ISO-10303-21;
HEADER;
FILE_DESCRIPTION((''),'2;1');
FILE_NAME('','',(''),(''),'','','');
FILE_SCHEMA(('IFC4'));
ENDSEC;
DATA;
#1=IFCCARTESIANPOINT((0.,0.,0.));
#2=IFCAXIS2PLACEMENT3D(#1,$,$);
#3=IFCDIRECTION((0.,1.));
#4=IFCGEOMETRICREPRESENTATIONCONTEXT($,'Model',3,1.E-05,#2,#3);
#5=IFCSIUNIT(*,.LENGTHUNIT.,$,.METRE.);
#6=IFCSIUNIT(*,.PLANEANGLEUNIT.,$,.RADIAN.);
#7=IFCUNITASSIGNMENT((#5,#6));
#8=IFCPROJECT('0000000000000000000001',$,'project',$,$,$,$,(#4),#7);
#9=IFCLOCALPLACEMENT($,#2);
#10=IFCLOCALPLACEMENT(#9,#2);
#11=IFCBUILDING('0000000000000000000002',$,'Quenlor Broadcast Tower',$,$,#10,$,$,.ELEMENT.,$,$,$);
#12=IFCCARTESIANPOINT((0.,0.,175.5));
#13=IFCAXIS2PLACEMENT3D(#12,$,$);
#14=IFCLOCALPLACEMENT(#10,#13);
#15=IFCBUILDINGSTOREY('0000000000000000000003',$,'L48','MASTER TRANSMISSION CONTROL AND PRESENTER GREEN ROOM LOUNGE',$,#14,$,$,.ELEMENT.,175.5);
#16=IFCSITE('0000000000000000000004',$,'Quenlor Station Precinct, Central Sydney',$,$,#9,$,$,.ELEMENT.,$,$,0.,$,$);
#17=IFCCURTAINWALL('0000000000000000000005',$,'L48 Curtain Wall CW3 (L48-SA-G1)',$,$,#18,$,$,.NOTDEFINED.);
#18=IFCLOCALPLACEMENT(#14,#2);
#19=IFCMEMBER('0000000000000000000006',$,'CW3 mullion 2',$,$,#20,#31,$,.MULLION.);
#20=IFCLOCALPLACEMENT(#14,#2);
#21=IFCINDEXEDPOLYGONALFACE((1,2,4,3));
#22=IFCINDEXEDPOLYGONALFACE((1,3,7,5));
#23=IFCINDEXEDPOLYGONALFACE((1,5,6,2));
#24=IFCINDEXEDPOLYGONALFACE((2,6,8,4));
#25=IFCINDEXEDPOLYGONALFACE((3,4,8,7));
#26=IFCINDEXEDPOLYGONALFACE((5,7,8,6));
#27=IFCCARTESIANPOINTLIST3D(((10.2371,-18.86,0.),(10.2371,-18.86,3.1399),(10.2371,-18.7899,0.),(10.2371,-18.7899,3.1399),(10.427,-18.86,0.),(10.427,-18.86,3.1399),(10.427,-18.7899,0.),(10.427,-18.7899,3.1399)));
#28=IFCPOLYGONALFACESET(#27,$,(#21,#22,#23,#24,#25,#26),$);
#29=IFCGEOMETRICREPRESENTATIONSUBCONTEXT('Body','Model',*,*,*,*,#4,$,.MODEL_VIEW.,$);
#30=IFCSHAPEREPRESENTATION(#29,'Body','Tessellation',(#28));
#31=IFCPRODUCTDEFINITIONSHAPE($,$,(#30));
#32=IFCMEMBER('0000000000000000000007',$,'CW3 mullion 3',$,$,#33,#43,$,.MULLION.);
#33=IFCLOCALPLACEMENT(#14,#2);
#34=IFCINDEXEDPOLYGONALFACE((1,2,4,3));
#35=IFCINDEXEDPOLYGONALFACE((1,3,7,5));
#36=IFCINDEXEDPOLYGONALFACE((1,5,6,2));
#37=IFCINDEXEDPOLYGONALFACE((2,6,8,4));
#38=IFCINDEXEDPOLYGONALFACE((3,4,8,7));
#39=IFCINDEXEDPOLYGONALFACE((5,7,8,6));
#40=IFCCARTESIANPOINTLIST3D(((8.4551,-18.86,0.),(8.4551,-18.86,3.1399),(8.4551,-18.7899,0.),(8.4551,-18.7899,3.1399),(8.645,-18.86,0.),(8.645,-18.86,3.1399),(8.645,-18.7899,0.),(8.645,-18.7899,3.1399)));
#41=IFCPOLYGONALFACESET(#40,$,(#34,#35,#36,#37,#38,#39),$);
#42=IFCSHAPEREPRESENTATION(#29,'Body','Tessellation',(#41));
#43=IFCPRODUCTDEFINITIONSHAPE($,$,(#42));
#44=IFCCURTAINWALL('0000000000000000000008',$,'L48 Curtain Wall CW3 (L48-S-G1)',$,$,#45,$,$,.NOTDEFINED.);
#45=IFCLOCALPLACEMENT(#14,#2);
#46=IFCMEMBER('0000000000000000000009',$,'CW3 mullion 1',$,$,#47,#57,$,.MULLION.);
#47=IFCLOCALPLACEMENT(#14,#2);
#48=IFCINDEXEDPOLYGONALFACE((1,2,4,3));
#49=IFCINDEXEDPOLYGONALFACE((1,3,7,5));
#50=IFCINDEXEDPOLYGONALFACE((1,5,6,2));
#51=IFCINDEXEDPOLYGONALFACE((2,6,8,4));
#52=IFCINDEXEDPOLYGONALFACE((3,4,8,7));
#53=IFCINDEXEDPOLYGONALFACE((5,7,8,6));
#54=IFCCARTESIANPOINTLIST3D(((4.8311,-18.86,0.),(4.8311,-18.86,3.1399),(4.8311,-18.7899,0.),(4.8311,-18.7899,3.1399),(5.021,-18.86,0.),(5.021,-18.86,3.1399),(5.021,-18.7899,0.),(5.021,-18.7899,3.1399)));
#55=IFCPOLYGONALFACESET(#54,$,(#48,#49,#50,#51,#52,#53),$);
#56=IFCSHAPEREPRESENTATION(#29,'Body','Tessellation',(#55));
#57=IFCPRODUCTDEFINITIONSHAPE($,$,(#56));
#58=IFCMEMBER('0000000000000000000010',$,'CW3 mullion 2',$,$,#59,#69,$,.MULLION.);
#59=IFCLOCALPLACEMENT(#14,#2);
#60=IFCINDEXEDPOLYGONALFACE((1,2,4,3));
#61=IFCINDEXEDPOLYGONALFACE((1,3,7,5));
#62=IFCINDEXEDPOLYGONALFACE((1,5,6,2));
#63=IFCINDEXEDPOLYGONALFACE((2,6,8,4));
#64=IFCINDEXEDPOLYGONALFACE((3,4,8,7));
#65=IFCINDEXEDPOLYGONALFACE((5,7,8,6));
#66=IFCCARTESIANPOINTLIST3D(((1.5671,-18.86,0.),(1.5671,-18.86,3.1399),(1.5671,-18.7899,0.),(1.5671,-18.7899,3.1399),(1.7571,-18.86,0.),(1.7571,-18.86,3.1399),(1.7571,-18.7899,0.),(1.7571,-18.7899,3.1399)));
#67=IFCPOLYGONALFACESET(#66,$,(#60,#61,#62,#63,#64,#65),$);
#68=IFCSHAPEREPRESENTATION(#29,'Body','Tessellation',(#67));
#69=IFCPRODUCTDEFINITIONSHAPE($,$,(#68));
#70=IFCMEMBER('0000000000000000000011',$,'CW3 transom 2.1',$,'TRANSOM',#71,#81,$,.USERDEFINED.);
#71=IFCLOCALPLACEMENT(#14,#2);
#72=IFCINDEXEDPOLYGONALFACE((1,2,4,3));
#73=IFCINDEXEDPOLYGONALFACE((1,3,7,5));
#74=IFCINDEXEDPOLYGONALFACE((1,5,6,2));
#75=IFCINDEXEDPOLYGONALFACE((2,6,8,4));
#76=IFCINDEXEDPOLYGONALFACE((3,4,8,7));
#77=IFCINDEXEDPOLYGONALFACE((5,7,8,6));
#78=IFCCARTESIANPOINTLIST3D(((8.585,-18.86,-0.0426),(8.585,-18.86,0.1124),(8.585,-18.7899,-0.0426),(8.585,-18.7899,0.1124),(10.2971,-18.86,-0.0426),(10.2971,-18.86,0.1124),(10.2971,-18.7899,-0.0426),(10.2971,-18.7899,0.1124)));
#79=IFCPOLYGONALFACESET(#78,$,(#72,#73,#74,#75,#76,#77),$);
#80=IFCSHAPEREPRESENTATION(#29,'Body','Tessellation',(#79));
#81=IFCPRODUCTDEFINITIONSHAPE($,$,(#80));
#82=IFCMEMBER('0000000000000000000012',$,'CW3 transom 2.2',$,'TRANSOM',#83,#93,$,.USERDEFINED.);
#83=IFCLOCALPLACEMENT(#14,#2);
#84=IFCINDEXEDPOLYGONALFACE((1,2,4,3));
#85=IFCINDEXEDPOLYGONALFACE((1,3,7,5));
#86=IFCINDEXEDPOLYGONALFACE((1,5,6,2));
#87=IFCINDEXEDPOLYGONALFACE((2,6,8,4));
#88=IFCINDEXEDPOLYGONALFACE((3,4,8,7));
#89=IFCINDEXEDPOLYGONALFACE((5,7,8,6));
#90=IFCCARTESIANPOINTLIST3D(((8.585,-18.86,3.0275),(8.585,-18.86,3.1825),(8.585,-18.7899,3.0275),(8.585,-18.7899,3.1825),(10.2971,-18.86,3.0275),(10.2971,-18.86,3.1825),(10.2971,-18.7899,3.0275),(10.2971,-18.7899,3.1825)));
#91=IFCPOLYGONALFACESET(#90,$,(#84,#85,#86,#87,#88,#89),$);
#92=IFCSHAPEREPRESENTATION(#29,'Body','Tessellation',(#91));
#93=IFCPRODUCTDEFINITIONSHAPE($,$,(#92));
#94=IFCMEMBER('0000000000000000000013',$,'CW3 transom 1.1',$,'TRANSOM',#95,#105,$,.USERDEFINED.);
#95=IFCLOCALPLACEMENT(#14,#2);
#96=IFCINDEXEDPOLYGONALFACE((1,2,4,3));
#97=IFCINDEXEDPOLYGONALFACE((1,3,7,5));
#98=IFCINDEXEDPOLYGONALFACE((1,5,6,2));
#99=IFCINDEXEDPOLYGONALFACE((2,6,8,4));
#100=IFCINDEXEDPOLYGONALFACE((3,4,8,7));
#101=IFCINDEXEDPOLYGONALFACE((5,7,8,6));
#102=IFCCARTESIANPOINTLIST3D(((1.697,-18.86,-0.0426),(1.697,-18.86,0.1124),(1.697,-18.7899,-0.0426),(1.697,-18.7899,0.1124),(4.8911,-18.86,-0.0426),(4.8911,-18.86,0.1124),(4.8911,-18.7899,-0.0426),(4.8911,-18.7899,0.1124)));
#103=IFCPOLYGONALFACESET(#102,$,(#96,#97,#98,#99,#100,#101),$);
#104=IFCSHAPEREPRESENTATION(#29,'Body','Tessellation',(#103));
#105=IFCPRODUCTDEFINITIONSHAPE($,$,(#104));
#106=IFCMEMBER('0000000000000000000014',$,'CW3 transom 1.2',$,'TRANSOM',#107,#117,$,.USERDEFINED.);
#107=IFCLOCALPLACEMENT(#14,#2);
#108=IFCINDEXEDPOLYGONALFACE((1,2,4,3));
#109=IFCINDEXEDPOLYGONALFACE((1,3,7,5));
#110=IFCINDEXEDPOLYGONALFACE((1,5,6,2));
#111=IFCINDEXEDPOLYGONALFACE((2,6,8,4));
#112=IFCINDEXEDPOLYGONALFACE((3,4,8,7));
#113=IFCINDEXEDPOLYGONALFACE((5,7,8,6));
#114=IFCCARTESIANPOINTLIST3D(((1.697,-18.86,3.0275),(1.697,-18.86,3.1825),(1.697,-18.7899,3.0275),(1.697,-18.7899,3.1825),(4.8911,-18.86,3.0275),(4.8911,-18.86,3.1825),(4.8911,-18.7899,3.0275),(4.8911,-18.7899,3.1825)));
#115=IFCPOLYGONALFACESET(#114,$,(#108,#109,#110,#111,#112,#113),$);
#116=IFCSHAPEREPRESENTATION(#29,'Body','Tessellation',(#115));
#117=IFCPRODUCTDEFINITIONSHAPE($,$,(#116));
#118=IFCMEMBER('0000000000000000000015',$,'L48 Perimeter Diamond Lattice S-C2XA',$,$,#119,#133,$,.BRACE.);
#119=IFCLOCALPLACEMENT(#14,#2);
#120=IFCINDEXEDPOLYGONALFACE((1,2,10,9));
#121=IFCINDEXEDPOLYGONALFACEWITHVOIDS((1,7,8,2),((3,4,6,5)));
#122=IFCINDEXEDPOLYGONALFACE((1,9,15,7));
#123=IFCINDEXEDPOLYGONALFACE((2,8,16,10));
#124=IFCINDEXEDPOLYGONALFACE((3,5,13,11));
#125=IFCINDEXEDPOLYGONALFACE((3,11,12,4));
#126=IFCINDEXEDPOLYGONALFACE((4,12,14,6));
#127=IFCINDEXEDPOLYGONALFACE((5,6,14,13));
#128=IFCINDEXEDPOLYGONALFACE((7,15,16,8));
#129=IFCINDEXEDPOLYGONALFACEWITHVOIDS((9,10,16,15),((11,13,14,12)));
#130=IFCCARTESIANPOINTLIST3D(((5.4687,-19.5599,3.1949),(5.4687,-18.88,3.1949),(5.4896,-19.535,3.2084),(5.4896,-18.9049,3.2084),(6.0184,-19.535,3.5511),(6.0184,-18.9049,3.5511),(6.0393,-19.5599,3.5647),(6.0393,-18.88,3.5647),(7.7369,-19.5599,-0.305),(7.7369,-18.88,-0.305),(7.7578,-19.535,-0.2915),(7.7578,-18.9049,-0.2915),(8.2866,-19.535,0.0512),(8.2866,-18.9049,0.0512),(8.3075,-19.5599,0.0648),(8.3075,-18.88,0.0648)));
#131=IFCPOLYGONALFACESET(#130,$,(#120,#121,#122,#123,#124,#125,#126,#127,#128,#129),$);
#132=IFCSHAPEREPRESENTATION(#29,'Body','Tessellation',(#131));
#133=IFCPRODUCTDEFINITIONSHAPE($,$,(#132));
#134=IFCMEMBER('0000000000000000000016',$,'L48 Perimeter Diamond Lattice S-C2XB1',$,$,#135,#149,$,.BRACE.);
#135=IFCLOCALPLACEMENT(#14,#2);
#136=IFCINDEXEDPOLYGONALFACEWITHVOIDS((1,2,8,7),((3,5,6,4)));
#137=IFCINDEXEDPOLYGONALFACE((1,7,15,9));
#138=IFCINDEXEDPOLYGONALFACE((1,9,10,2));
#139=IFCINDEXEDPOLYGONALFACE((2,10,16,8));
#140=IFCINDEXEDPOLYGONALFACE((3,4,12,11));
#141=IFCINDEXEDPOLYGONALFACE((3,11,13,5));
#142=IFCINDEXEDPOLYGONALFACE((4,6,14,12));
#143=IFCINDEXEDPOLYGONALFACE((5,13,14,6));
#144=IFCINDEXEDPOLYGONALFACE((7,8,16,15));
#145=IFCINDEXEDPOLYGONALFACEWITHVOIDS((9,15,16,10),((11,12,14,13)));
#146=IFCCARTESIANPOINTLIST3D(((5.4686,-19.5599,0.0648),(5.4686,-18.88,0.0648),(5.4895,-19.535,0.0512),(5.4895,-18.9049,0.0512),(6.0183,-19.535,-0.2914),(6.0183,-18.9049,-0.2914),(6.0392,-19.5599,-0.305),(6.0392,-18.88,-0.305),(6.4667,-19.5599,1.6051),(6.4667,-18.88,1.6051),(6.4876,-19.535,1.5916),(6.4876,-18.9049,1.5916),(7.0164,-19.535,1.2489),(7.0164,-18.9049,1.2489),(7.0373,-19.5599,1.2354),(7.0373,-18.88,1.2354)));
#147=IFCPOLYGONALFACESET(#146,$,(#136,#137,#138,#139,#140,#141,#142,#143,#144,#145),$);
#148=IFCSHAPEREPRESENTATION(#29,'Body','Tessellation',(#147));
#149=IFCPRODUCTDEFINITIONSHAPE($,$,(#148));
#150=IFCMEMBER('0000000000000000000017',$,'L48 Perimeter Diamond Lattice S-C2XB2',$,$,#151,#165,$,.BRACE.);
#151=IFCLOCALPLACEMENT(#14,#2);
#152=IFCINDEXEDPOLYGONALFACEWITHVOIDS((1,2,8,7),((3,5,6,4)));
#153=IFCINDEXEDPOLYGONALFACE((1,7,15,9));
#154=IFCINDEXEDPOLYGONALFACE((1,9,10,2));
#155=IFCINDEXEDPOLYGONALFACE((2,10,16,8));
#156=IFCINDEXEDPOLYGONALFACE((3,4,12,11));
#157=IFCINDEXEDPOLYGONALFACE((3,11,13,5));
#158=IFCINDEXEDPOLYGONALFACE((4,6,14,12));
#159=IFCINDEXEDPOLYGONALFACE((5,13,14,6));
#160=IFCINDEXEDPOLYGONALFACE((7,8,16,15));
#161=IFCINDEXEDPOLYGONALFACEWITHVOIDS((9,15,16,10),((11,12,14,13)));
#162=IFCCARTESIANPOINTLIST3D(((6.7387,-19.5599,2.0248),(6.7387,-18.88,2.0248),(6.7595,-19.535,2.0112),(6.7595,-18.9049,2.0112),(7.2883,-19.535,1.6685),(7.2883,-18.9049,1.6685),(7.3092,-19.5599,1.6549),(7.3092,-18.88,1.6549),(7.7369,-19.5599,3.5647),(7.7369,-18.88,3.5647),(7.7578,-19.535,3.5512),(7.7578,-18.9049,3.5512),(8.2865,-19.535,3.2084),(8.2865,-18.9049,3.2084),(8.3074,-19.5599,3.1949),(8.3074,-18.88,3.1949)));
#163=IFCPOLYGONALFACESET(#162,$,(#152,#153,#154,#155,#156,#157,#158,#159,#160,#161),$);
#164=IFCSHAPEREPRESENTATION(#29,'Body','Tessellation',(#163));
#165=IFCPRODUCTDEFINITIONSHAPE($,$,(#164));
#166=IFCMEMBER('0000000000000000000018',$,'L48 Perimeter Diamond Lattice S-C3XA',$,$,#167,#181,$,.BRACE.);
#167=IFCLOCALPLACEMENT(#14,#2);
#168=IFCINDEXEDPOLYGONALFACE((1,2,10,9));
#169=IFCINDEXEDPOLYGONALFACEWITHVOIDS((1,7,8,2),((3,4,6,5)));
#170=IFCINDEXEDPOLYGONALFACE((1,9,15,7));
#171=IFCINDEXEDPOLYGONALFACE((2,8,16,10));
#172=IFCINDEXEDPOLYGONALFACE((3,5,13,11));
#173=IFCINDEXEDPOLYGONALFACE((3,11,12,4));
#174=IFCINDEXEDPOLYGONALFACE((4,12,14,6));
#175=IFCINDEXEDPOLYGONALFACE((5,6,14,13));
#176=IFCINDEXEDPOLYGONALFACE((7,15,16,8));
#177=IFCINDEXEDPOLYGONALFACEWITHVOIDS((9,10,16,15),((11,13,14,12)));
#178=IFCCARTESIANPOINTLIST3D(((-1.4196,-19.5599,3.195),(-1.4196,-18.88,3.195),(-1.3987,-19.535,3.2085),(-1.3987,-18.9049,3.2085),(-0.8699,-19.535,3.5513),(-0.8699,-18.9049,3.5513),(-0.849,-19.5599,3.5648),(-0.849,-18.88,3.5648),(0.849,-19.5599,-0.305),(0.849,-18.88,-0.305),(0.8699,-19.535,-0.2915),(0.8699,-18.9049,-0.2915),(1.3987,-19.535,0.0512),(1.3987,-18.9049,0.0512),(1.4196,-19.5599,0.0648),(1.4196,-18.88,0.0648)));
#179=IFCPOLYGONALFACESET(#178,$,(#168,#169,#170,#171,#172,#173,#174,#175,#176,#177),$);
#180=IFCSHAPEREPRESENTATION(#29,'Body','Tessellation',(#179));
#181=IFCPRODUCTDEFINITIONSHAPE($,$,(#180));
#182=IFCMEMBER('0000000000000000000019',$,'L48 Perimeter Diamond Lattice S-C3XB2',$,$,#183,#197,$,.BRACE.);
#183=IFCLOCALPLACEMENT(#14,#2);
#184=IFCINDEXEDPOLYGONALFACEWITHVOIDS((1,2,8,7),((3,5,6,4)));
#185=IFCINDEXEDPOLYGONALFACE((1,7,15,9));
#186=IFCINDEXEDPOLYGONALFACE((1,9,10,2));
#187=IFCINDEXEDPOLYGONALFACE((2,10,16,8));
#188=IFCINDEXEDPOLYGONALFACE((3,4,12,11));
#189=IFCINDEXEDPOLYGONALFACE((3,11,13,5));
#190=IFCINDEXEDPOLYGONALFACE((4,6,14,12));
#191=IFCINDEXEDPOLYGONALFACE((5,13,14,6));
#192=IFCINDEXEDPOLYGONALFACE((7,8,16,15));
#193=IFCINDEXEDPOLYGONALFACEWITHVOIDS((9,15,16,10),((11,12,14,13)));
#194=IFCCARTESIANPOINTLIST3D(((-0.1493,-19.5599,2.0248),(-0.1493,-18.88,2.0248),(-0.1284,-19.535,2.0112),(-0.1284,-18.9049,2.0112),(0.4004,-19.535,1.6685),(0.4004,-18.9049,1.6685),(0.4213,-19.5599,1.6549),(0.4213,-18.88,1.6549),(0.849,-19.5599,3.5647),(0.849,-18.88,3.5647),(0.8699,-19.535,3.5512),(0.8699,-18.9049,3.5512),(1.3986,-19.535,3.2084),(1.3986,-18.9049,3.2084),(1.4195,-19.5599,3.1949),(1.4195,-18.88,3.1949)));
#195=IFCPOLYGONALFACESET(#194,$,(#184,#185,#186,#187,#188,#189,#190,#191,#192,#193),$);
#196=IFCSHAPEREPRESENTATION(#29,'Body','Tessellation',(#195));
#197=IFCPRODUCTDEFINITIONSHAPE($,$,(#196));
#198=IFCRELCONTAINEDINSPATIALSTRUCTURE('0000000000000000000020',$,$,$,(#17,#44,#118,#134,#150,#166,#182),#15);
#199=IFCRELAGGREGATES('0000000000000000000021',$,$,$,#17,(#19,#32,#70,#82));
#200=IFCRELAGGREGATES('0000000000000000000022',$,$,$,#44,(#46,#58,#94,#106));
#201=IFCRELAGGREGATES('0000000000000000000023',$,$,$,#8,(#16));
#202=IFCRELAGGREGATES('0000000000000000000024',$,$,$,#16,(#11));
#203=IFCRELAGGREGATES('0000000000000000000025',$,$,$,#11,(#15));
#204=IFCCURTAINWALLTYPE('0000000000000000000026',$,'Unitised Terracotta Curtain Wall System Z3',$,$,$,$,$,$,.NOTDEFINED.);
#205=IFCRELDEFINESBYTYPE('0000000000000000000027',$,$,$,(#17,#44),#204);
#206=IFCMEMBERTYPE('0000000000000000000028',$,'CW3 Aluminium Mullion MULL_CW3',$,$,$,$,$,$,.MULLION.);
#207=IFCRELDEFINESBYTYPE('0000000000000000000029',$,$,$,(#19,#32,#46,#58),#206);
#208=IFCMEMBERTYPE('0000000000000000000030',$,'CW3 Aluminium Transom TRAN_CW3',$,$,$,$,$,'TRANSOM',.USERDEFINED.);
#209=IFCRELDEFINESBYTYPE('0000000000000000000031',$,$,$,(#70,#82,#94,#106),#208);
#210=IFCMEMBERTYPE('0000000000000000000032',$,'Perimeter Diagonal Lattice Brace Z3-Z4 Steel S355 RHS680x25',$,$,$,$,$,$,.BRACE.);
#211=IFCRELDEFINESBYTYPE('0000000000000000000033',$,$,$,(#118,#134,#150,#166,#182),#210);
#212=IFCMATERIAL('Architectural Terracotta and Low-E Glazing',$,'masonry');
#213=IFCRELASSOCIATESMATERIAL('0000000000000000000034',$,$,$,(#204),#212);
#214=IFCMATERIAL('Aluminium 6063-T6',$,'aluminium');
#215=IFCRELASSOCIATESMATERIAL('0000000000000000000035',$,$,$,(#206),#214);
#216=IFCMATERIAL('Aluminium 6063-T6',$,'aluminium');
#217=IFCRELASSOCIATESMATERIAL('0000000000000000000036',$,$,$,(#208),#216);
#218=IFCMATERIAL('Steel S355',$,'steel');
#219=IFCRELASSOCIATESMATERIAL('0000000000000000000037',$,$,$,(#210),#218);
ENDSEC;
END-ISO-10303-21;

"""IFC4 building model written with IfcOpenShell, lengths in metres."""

from ifc_helpers import new_model, si_unit, direction, frame, origin, origin_2d, place, context, subcontext, project, spatial, rectangle, hollow_rectangle, extrude, material, material_profile, profile_set, type_object, element, aggregate, save


model = new_model("IFC4")

# Units and contexts
model_context = context("Model", 3, precision=1e-05, world=origin(), true_north=direction((0.0, 1.0)))
body_context = subcontext(model_context, "Body", "Model", "MODEL_VIEW")
ifc_project = project(units=[si_unit("LENGTHUNIT", "METRE"), si_unit("PLANEANGLEUNIT", "RADIAN")], contexts=[model_context])

# Site, building, storey
site_placement = place(None, origin())
site = spatial("IfcSite", under=ifc_project, at=site_placement, Name="Quenlor Station Precinct, Central Sydney", CompositionType="ELEMENT", RefElevation=0.0)
building_placement = place(site_placement, origin())
building = spatial("IfcBuilding", under=site, at=building_placement, Name="Quenlor Broadcast Tower", CompositionType="ELEMENT")
storey_placement = place(building_placement, frame((0.0, 0.0, 175.5)))
storey = spatial("IfcBuildingStorey", under=building, at=storey_placement, Name="L48", Description="MASTER TRANSMISSION CONTROL AND PRESENTER GREEN ROOM LOUNGE", CompositionType="ELEMENT", Elevation=175.5)

# Curtain walls, members
ifc_material_1 = material(Name="Architectural Terracotta and Low-E Glazing", Category="masonry")
curtain_wall_type = type_object("IfcCurtainWallType", Name="Unitised Terracotta Curtain Wall System Z3", PredefinedType="NOTDEFINED", material=ifc_material_1)
curtain_wall_1_placement = place(storey_placement, origin())
curtain_wall_1 = element("IfcCurtainWall", 1, at=curtain_wall_1_placement, inside=storey, type_object=curtain_wall_type, Name="L48 Curtain Wall CW3 (L48-SA-G1)", PredefinedType="NOTDEFINED")
ifc_material_2 = material(Name="Aluminium 6063-T6", Category="aluminium")
ifc_material_profile_1 = material_profile(ifc_material_2, rectangle(XDim=0.0701, YDim=0.1899, at=origin_2d()))
ifc_profile_set_1 = profile_set([ifc_material_profile_1], Name="Aluminium 6063-T6 MULL70x190")
member_type_1 = type_object("IfcMemberType", Name="CW3 Aluminium Mullion MULL_CW3", PredefinedType="MULLION", material=ifc_profile_set_1)
member_1_placement = place(storey_placement, frame((10.332, -18.825, 0.0), z_axis=(0.0, 0.0, 1.0), x_axis=(0.0, -1.0, 0.0)))
member_1 = element("IfcMember", 2, at=member_1_placement, type_object=member_type_1, Name="CW3 mullion 2", PredefinedType="MULLION", context=body_context, shape_type="SweptSolid", body=[
    extrude(rectangle(XDim=0.0701, YDim=0.1899, at=origin_2d()), origin(), (0.0, 0.0, 1.0), 3.1399),
])
member_2_placement = place(storey_placement, frame((8.55, -18.825, 0.0), z_axis=(0.0, 0.0, 1.0), x_axis=(0.0, -1.0, 0.0)))
member_2 = element("IfcMember", 3, at=member_2_placement, type_object=member_type_1, Name="CW3 mullion 3", PredefinedType="MULLION", context=body_context, shape_type="SweptSolid", body=[
    extrude(rectangle(XDim=0.0701, YDim=0.1899, at=origin_2d()), origin(), (0.0, 0.0, 1.0), 3.1399),
])
curtain_wall_2_placement = place(storey_placement, origin())
curtain_wall_2 = element("IfcCurtainWall", 4, at=curtain_wall_2_placement, inside=storey, type_object=curtain_wall_type, Name="L48 Curtain Wall CW3 (L48-S-G1)", PredefinedType="NOTDEFINED")
member_3_placement = place(storey_placement, frame((4.926, -18.825, 0.0), z_axis=(0.0, 0.0, 1.0), x_axis=(0.0, -1.0, 0.0)))
member_3 = element("IfcMember", 5, at=member_3_placement, type_object=member_type_1, Name="CW3 mullion 1", PredefinedType="MULLION", context=body_context, shape_type="SweptSolid", body=[
    extrude(rectangle(XDim=0.0701, YDim=0.1899, at=origin_2d()), origin(), (0.0, 0.0, 1.0), 3.1399),
])
member_4_placement = place(storey_placement, frame((1.6621, -18.825, 0.0), z_axis=(0.0, 0.0, 1.0), x_axis=(0.0, -1.0, 0.0)))
member_4 = element("IfcMember", 6, at=member_4_placement, type_object=member_type_1, Name="CW3 mullion 2", PredefinedType="MULLION", context=body_context, shape_type="SweptSolid", body=[
    extrude(rectangle(XDim=0.0701, YDim=0.1899, at=origin_2d()), origin(), (0.0, 0.0, 1.0), 3.1399),
])

# Members
ifc_material_3 = material(Name="Aluminium 6063-T6", Category="aluminium")
ifc_material_profile_2 = material_profile(ifc_material_3, rectangle(XDim=0.0701, YDim=0.155, at=origin_2d()))
ifc_profile_set_2 = profile_set([ifc_material_profile_2], Name="Aluminium 6063-T6 TRAN70x155")
member_type_2 = type_object("IfcMemberType", Name="CW3 Aluminium Transom TRAN_CW3", ElementType="TRANSOM", PredefinedType="USERDEFINED", material=ifc_profile_set_2)
member_5_placement = place(storey_placement, frame((10.2971, -18.825, 0.0349), z_axis=(-1.0, 0.0, 0.0), x_axis=(0.0, -1.0, 0.0)))
member_5 = element("IfcMember", 7, at=member_5_placement, type_object=member_type_2, Name="CW3 transom 2.1", ObjectType="TRANSOM", PredefinedType="USERDEFINED", context=body_context, shape_type="SweptSolid", body=[
    extrude(rectangle(XDim=0.0701, YDim=0.155, at=origin_2d()), origin(), (0.0, 0.0, 1.0), 1.7122),
])
member_6_placement = place(storey_placement, frame((10.2971, -18.825, 3.105), z_axis=(-1.0, 0.0, 0.0), x_axis=(0.0, -1.0, 0.0)))
member_6 = element("IfcMember", 8, at=member_6_placement, type_object=member_type_2, Name="CW3 transom 2.2", ObjectType="TRANSOM", PredefinedType="USERDEFINED", context=body_context, shape_type="SweptSolid", body=[
    extrude(rectangle(XDim=0.0701, YDim=0.155, at=origin_2d()), origin(), (0.0, 0.0, 1.0), 1.7122),
])
member_7_placement = place(storey_placement, frame((4.8911, -18.825, 0.0349), z_axis=(-1.0, 0.0, 0.0), x_axis=(0.0, -1.0, 0.0)))
member_7 = element("IfcMember", 9, at=member_7_placement, type_object=member_type_2, Name="CW3 transom 1.1", ObjectType="TRANSOM", PredefinedType="USERDEFINED", context=body_context, shape_type="SweptSolid", body=[
    extrude(rectangle(XDim=0.0701, YDim=0.155, at=origin_2d()), origin(), (0.0, 0.0, 1.0), 3.1941),
])
member_8_placement = place(storey_placement, frame((4.8911, -18.825, 3.105), z_axis=(-1.0, 0.0, 0.0), x_axis=(0.0, -1.0, 0.0)))
member_8 = element("IfcMember", 10, at=member_8_placement, type_object=member_type_2, Name="CW3 transom 1.2", ObjectType="TRANSOM", PredefinedType="USERDEFINED", context=body_context, shape_type="SweptSolid", body=[
    extrude(rectangle(XDim=0.0701, YDim=0.155, at=origin_2d()), origin(), (0.0, 0.0, 1.0), 3.1941),
])

# Members
ifc_material_4 = material(Name="Steel S355", Category="steel")
ifc_material_profile_3 = material_profile(ifc_material_4, hollow_rectangle(XDim=0.6799, YDim=0.6799, WallThickness=0.0249, at=origin_2d()))
ifc_profile_set_3 = profile_set([ifc_material_profile_3], Name="Steel S355 RHS680x680x25")
member_type_3 = type_object("IfcMemberType", Name="Perimeter Diagonal Lattice Brace Z3-Z4 Steel S355 RHS680x25", PredefinedType="BRACE", material=ifc_profile_set_3)
member_9_placement = place(storey_placement, frame((8.0222, -19.22, -0.1201), z_axis=(-0.54386, 0.0, 0.839176), x_axis=(0.0, -1.0, 0.0)))
element("IfcMember", 11, at=member_9_placement, inside=storey, type_object=member_type_3, Name="L48 Perimeter Diamond Lattice S-C2XA", PredefinedType="BRACE", context=body_context, shape_type="SweptSolid", body=[
    extrude(hollow_rectangle(XDim=0.6799, YDim=0.6799, WallThickness=0.0249, at=origin_2d()), origin(), (0.0, 0.0, 1.0), 4.1707),
])
member_10_placement = place(storey_placement, frame((5.7539, -19.22, -0.1201), z_axis=(0.543786, 0.0, 0.839224), x_axis=(0.0, 1.0, 0.0)))
element("IfcMember", 12, at=member_10_placement, inside=storey, type_object=member_type_3, Name="L48 Perimeter Diamond Lattice S-C2XB1", PredefinedType="BRACE", context=body_context, shape_type="SweptSolid", body=[
    extrude(hollow_rectangle(XDim=0.6799, YDim=0.6799, WallThickness=0.0249, at=origin_2d()), origin(), (0.0, 0.0, 1.0), 1.8354),
])
member_11_placement = place(storey_placement, frame((7.0239, -19.22, 1.8398), z_axis=(0.543941, 0.0, 0.839124), x_axis=(0.0, 1.0, 0.0)))
element("IfcMember", 13, at=member_11_placement, inside=storey, type_object=member_type_3, Name="L48 Perimeter Diamond Lattice S-C2XB2", PredefinedType="BRACE", context=body_context, shape_type="SweptSolid", body=[
    extrude(hollow_rectangle(XDim=0.6799, YDim=0.6799, WallThickness=0.0249, at=origin_2d()), origin(), (0.0, 0.0, 1.0), 1.8352),
])
member_12_placement = place(storey_placement, frame((1.1343, -19.22, -0.1201), z_axis=(-0.543902, 0.0, 0.839149), x_axis=(0.0, -1.0, 0.0)))
element("IfcMember", 14, at=member_12_placement, inside=storey, type_object=member_type_3, Name="L48 Perimeter Diamond Lattice S-C3XA", PredefinedType="BRACE", context=body_context, shape_type="SweptSolid", body=[
    extrude(hollow_rectangle(XDim=0.6799, YDim=0.6799, WallThickness=0.0249, at=origin_2d()), origin(), (0.0, 0.0, 1.0), 4.1709),
])
member_13_placement = place(storey_placement, frame((0.136, -19.22, 1.8398), z_axis=(0.543941, 0.0, 0.839124), x_axis=(0.0, 1.0, 0.0)))
element("IfcMember", 15, at=member_13_placement, inside=storey, type_object=member_type_3, Name="L48 Perimeter Diamond Lattice S-C3XB2", PredefinedType="BRACE", context=body_context, shape_type="SweptSolid", body=[
    extrude(hollow_rectangle(XDim=0.6799, YDim=0.6799, WallThickness=0.0249, at=origin_2d()), origin(), (0.0, 0.0, 1.0), 1.8352),
])

aggregate(curtain_wall_1, [member_1, member_2, member_5, member_6])
aggregate(curtain_wall_2, [member_3, member_4, member_7, member_8])

save(model, "model.ifc")
